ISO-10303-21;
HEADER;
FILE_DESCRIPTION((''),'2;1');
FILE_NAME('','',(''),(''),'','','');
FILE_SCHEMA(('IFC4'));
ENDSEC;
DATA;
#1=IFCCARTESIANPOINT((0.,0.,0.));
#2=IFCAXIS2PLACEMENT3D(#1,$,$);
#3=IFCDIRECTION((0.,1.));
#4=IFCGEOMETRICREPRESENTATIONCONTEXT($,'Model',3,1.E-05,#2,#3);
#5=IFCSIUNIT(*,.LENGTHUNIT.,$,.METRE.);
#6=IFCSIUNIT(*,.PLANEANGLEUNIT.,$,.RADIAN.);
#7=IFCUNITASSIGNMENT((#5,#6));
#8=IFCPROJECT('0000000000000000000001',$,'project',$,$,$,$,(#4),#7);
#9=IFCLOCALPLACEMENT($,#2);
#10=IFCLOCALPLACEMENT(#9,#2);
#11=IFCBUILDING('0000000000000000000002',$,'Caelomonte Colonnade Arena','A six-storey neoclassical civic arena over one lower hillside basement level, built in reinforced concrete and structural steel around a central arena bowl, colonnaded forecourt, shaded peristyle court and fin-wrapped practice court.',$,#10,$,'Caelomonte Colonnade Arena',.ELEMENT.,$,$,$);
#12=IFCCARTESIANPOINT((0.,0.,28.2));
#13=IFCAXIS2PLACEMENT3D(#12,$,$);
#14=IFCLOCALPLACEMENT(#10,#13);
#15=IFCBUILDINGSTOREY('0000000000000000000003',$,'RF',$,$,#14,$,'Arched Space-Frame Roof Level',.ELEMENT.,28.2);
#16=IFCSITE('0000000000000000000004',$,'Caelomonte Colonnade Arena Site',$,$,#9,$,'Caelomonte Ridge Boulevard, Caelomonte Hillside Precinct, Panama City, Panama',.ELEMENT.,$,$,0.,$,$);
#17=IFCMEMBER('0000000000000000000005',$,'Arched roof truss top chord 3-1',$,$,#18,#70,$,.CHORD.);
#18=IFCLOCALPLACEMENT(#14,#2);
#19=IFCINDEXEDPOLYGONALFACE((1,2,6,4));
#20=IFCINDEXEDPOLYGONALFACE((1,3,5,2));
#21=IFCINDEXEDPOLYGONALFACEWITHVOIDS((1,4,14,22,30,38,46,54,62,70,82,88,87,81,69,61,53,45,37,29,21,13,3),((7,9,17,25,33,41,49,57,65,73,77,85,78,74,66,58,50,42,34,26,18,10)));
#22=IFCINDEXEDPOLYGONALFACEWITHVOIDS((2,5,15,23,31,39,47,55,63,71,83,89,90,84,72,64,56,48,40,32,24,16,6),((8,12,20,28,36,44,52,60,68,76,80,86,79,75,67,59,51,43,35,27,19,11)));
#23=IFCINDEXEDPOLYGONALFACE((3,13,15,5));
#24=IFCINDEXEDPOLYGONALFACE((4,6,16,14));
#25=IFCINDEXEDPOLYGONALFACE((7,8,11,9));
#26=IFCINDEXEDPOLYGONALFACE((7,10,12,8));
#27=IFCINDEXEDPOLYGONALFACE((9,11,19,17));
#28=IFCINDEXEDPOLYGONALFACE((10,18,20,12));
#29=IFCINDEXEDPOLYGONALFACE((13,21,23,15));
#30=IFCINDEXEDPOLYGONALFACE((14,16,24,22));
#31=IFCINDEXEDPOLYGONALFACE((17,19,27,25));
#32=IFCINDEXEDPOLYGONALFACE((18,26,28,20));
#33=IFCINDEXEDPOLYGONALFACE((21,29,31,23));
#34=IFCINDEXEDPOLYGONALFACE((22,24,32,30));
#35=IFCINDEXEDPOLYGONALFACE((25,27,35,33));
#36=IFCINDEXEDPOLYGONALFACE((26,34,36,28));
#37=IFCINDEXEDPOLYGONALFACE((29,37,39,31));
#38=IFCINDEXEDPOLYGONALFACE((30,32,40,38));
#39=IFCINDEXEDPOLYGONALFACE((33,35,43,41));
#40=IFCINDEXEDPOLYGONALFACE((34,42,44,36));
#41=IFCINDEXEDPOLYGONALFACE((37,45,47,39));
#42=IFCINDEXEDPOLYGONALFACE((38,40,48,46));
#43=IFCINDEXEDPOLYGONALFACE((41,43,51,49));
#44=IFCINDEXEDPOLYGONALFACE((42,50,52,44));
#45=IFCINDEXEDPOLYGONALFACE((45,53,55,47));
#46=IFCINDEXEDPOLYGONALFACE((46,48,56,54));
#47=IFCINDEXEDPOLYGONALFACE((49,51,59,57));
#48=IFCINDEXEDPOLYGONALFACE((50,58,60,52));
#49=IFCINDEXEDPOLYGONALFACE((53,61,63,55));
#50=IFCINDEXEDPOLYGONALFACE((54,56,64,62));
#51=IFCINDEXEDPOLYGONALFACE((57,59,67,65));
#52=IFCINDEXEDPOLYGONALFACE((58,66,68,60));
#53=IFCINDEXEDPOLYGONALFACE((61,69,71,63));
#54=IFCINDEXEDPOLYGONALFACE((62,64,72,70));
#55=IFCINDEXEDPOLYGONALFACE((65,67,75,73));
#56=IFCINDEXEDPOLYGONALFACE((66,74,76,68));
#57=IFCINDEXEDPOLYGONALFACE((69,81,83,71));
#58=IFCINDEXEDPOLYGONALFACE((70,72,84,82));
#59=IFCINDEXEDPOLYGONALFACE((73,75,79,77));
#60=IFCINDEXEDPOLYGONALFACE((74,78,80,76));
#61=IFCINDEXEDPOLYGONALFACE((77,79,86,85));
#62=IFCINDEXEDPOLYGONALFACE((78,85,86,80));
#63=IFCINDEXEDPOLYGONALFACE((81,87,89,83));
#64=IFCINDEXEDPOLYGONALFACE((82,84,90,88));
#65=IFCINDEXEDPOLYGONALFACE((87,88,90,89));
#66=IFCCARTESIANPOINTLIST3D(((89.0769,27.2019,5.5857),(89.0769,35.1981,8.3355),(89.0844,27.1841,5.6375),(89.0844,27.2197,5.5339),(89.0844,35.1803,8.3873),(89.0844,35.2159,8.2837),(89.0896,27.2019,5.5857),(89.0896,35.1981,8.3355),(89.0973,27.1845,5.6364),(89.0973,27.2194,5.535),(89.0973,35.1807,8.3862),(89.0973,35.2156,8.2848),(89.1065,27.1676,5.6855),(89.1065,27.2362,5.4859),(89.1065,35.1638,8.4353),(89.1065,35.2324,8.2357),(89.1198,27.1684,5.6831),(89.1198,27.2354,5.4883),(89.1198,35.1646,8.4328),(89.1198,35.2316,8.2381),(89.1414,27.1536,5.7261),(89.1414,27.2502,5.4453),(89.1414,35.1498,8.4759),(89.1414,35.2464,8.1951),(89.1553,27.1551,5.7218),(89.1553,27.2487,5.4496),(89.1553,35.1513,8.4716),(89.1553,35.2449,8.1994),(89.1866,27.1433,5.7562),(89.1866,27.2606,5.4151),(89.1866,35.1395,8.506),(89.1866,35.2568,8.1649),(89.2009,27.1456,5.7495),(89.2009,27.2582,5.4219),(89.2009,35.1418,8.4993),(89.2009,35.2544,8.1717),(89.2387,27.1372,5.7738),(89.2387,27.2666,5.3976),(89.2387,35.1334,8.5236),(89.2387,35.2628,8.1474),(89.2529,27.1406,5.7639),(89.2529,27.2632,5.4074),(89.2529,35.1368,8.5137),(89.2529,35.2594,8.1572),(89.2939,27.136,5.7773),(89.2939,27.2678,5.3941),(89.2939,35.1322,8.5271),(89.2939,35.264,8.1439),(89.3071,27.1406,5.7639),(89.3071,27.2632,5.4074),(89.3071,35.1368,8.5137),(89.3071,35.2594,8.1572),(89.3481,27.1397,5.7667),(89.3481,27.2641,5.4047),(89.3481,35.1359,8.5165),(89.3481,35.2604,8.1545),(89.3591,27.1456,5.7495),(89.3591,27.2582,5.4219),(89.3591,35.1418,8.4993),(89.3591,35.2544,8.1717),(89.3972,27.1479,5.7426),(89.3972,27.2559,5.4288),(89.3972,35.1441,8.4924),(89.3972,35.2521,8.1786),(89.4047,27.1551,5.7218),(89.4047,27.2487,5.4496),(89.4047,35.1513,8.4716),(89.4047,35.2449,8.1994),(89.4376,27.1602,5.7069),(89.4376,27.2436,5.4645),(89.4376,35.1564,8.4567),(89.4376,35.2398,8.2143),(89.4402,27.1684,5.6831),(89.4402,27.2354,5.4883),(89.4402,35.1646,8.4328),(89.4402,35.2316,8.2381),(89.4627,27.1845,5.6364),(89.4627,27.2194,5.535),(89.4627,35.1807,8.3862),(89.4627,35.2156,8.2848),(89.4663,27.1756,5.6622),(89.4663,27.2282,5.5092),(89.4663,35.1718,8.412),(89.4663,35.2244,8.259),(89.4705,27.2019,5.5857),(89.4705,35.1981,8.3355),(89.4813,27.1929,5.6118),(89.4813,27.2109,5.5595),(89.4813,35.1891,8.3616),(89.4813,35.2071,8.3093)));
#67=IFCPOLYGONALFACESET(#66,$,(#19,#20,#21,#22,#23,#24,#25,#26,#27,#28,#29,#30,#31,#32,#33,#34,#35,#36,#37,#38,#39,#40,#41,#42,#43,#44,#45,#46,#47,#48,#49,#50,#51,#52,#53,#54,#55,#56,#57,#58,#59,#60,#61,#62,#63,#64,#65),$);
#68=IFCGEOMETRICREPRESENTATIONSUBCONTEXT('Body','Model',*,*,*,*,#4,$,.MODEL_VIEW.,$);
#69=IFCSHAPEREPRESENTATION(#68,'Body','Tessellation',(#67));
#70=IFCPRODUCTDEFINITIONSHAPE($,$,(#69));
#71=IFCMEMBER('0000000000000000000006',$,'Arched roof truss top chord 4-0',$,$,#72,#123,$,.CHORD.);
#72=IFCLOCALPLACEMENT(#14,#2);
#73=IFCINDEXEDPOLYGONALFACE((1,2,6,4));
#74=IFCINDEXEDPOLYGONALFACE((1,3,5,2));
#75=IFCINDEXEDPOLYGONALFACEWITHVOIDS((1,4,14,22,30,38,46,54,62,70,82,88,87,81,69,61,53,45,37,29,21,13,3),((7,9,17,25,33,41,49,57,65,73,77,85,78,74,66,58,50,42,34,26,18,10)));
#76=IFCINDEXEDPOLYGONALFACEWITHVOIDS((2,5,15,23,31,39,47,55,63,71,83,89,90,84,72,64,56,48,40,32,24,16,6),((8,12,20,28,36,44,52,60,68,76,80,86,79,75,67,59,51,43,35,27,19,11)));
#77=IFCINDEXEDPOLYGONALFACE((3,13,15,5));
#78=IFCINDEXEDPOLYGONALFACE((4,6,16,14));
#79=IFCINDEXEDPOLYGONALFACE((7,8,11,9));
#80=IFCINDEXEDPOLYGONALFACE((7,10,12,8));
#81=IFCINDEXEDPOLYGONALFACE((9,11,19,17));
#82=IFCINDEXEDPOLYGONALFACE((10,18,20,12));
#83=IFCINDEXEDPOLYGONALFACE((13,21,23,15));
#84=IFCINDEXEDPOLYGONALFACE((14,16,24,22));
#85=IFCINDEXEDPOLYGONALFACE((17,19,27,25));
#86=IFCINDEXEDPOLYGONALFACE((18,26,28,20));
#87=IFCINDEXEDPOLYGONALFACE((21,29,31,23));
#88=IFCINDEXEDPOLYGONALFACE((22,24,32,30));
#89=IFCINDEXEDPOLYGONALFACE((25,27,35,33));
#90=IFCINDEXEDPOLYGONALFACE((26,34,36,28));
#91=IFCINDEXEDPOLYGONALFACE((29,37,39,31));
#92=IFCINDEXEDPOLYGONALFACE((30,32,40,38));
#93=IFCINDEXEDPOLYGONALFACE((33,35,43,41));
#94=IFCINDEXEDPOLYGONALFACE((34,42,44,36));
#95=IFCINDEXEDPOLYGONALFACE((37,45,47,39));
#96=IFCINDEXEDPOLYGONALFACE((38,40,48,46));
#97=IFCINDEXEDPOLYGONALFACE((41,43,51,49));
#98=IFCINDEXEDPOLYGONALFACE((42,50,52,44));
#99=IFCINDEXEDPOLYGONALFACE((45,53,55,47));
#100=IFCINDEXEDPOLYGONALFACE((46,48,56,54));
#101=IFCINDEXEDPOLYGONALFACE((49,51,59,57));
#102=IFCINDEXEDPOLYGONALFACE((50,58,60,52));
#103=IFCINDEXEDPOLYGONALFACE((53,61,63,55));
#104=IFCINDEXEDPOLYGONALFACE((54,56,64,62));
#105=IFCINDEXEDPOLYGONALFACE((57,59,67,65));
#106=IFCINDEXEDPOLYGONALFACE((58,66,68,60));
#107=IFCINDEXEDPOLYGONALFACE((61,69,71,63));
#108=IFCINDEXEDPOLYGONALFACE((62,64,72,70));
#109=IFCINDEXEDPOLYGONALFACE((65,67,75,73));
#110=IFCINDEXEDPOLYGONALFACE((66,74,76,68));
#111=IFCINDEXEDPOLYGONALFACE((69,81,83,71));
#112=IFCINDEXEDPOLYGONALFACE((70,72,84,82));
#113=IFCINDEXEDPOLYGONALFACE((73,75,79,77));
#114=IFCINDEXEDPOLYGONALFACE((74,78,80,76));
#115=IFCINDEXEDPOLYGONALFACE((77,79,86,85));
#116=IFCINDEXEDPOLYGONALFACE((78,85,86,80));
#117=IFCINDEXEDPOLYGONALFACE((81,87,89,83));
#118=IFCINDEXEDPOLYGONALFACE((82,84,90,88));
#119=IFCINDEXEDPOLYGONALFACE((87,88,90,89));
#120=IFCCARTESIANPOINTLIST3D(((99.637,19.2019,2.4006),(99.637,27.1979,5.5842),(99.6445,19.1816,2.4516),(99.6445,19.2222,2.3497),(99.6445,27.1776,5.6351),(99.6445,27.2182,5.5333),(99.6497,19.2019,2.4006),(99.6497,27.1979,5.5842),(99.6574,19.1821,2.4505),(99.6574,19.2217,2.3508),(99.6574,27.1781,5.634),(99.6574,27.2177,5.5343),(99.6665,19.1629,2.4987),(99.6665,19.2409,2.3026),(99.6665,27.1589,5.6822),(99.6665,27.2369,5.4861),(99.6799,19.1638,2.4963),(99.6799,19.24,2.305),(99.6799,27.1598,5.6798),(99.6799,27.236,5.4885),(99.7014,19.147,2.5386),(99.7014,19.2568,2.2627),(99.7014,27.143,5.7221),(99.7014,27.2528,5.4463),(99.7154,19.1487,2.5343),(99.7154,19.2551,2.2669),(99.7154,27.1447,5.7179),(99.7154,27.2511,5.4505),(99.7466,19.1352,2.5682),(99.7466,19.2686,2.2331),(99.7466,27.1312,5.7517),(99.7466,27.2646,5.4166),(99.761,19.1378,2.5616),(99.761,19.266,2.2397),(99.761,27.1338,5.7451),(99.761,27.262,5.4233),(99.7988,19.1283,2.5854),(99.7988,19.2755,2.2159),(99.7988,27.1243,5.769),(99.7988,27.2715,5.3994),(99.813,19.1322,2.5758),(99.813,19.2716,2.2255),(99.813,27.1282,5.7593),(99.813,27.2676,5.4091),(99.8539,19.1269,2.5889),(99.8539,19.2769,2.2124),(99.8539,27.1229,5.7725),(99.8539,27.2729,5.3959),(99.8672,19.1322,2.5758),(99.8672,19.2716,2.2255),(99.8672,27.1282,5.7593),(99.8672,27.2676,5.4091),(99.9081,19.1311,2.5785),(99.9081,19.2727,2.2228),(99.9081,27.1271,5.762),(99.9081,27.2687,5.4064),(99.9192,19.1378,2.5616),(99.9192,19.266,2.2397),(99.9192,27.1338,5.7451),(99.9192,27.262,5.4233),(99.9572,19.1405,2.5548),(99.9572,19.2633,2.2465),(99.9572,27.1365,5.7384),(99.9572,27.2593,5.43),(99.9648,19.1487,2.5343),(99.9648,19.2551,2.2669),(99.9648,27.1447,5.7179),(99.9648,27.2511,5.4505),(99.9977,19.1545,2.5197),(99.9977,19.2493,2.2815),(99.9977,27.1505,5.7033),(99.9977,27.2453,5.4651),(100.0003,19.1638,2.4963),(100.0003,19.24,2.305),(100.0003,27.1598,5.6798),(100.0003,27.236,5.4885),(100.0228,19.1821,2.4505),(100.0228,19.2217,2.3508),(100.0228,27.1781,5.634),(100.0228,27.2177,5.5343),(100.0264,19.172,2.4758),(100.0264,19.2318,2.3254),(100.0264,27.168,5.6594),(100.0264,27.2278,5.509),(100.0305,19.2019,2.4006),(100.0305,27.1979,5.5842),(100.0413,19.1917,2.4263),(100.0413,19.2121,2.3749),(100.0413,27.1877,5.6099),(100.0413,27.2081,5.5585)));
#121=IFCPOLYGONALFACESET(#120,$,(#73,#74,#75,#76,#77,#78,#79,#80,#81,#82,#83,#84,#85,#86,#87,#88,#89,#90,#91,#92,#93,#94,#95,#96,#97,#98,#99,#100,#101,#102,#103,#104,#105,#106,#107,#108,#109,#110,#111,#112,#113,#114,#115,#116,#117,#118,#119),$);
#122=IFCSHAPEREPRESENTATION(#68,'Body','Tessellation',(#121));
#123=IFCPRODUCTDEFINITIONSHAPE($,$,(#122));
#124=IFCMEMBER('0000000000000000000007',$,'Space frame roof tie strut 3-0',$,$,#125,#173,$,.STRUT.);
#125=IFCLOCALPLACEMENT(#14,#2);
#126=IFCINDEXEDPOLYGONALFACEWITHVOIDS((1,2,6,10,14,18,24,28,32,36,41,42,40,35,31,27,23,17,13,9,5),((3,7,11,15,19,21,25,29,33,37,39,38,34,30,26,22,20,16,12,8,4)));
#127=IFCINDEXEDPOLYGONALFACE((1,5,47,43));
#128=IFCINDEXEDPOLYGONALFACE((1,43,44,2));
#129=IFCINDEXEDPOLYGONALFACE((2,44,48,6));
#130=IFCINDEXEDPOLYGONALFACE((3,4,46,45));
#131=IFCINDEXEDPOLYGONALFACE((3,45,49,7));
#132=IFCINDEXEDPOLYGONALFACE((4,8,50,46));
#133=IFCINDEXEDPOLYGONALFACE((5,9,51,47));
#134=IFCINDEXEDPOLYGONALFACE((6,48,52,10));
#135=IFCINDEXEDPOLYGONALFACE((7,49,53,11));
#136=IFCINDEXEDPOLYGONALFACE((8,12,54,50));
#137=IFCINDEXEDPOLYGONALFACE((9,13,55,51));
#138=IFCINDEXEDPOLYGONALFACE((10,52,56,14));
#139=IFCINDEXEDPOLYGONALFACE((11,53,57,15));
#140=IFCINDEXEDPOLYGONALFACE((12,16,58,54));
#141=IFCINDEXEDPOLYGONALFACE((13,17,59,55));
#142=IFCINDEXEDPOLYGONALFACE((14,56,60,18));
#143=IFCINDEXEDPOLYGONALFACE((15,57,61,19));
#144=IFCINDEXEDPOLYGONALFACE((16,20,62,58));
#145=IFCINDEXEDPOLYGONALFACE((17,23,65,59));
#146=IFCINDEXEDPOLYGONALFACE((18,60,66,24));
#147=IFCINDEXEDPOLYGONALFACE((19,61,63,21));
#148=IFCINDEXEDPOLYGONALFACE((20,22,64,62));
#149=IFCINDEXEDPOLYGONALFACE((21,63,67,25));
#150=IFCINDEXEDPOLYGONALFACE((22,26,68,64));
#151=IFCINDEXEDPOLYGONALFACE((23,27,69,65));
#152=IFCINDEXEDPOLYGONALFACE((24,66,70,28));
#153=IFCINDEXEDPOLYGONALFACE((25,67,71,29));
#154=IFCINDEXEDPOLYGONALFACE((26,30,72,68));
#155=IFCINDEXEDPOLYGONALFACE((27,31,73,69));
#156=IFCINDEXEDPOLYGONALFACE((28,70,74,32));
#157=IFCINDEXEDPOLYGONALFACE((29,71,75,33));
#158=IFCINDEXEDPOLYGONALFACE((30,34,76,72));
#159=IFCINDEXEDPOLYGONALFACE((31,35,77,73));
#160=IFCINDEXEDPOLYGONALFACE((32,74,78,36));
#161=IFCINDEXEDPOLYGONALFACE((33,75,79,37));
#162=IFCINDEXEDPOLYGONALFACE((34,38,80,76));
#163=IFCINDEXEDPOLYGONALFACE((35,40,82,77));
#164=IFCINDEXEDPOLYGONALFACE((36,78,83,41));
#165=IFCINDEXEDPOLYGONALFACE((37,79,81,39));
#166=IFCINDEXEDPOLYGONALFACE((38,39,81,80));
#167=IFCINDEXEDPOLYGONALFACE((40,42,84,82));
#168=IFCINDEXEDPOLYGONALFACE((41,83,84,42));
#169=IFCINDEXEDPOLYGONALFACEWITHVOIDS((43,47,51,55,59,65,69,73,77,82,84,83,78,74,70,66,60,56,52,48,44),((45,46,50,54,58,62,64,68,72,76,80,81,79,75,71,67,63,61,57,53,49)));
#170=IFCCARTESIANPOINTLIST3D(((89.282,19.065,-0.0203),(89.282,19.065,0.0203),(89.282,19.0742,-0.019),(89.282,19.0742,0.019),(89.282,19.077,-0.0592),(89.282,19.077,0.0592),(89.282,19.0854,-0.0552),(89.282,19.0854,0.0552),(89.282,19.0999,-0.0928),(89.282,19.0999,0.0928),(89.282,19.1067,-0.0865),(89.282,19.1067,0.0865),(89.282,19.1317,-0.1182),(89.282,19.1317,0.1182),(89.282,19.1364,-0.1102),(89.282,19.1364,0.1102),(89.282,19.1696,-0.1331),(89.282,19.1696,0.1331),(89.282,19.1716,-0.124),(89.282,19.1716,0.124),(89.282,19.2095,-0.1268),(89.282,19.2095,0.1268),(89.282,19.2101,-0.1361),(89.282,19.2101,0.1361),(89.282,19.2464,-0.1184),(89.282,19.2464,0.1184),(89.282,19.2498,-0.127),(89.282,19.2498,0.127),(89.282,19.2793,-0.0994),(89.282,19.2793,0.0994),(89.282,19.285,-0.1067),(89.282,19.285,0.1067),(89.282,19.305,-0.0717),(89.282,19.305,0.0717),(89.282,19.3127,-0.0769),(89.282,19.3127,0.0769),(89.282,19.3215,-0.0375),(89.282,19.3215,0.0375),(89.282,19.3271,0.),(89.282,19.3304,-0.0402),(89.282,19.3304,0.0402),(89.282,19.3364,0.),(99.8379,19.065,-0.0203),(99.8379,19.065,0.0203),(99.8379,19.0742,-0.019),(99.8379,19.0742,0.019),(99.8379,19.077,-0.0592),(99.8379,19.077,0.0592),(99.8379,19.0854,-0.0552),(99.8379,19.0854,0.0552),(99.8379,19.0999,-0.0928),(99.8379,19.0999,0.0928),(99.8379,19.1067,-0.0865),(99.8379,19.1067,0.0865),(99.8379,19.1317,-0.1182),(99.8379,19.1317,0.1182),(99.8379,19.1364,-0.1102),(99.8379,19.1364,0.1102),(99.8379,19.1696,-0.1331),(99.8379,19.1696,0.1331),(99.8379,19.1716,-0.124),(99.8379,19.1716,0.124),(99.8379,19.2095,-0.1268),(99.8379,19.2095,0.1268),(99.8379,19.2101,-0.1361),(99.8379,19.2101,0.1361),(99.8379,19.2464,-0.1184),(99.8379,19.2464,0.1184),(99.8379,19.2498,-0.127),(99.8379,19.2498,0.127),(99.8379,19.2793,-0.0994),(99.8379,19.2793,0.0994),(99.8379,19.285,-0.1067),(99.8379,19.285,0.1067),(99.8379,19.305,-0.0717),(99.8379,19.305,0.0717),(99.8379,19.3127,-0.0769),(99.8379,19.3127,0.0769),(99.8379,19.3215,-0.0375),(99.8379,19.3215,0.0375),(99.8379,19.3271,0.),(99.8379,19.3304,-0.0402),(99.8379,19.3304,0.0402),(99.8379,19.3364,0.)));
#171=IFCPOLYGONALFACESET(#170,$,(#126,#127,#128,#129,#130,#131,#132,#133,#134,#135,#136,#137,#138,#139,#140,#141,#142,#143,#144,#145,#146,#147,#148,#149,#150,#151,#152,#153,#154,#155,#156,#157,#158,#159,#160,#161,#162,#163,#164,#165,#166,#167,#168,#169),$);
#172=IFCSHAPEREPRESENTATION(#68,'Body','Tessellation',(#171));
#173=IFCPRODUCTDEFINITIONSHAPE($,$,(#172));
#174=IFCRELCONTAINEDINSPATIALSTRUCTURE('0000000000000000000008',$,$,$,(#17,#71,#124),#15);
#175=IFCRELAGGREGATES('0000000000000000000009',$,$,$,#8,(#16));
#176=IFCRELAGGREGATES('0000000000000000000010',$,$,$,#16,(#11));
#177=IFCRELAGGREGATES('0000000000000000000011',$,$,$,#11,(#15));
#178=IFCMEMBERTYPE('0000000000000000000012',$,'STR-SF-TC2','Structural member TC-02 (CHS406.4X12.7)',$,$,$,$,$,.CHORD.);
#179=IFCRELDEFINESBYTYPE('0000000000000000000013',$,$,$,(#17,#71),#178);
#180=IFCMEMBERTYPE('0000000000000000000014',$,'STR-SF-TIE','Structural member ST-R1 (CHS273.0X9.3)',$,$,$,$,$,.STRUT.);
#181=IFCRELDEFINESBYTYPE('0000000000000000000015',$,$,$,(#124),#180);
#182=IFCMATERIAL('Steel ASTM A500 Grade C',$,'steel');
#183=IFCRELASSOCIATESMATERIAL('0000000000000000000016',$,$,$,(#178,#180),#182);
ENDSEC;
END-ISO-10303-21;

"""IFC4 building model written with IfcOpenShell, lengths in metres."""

from ifc_helpers import new_model, si_unit, direction, frame, origin, origin_2d, place, context, subcontext, project, spatial, hollow_circle, extrude, material, material_profile, profile_set, type_object, element, save


model = new_model("IFC4")

# Units and contexts
model_context = context("Model", 3, precision=1e-05, world=origin(), true_north=direction((0.0, 1.0)))
body_context = subcontext(model_context, "Body", "Model", "MODEL_VIEW")
ifc_project = project(units=[si_unit("LENGTHUNIT", "METRE"), si_unit("PLANEANGLEUNIT", "RADIAN")], contexts=[model_context])

# Site, building, storey
site_placement = place(None, origin())
site = spatial("IfcSite", under=ifc_project, at=site_placement, Name="Caelomonte Colonnade Arena Site", LongName="Caelomonte Ridge Boulevard, Caelomonte Hillside Precinct, Panama City, Panama", CompositionType="ELEMENT", RefElevation=0.0)
building_placement = place(site_placement, origin())
building = spatial("IfcBuilding", under=site, at=building_placement, Name="Caelomonte Colonnade Arena", Description="A six-storey neoclassical civic arena over one lower hillside basement level, built in reinforced concrete and structural steel around a central arena bowl, colonnaded forecourt, shaded peristyle court and fin-wrapped practice court.", LongName="Caelomonte Colonnade Arena", CompositionType="ELEMENT")
storey_placement = place(building_placement, frame((0.0, 0.0, 28.2)))
storey = spatial("IfcBuildingStorey", under=building, at=storey_placement, Name="RF", LongName="Arched Space-Frame Roof Level", CompositionType="ELEMENT", Elevation=28.2)

# Members
ifc_material_1 = material(Name="Steel ASTM A500 Grade C", Category="steel")
ifc_material_profile_1 = material_profile(ifc_material_1, hollow_circle(Radius=0.2031, WallThickness=0.0127, at=origin_2d()), Name="CHS406.4X12.7")
ifc_profile_set_1 = profile_set([ifc_material_profile_1], Name="Steel ASTM A500 Grade C")
member_type_1 = type_object("IfcMemberType", Name="STR-SF-TC2", Description="Structural member TC-02 (CHS406.4X12.7)", PredefinedType="CHORD", material=ifc_profile_set_1)
member_1_placement = place(storey_placement, frame((89.28, 27.2019, 5.5857), z_axis=(0.0, 0.945647, 0.325196), x_axis=(-1.0, 0.0, 0.0)))
element("IfcMember", 1, at=member_1_placement, inside=storey, type_object=member_type_1, Name="Arched roof truss top chord 3-1", PredefinedType="CHORD", context=body_context, shape_type="SweptSolid", body=[
    extrude(hollow_circle(Radius=0.2031, WallThickness=0.0127, at=origin_2d()), origin(), (0.0, 0.0, 1.0), 8.4558),
])
member_2_placement = place(storey_placement, frame((99.8401, 19.2019, 2.4006), z_axis=(0.0, 0.92907, 0.369903), x_axis=(-1.0, 0.0, 0.0)))
element("IfcMember", 2, at=member_2_placement, inside=storey, type_object=member_type_1, Name="Arched roof truss top chord 4-0", PredefinedType="CHORD", context=body_context, shape_type="SweptSolid", body=[
    extrude(hollow_circle(Radius=0.2031, WallThickness=0.0127, at=origin_2d()), origin(), (0.0, 0.0, 1.0), 8.6064),
])
ifc_material_profile_2 = material_profile(ifc_material_1, hollow_circle(Radius=0.1365, WallThickness=0.0093, at=origin_2d()), Name="CHS273.0X9.3")
ifc_profile_set_2 = profile_set([ifc_material_profile_2], Name="Steel ASTM A500 Grade C")
member_type_2 = type_object("IfcMemberType", Name="STR-SF-TIE", Description="Structural member ST-R1 (CHS273.0X9.3)", PredefinedType="STRUT", material=ifc_profile_set_2)
for number, where, z_axis, x_axis, name in (
    (3, (89.282, 19.2, 0.0), (1.0, 0.0, 0.0), (0.0, 1.0, 0.0), "Space frame roof tie strut 3-0"),
):
    element("IfcMember", number, at=place(storey_placement, frame(where, z_axis=z_axis, x_axis=x_axis)), inside=storey, type_object=member_type_2, Name=name, PredefinedType="STRUT", context=body_context, shape_type="SweptSolid", body=[
        extrude(hollow_circle(Radius=0.1365, WallThickness=0.0093, at=origin_2d()), origin(), (0.0, 0.0, 1.0), 10.5559),
    ])

save(model, "model.ifc")
